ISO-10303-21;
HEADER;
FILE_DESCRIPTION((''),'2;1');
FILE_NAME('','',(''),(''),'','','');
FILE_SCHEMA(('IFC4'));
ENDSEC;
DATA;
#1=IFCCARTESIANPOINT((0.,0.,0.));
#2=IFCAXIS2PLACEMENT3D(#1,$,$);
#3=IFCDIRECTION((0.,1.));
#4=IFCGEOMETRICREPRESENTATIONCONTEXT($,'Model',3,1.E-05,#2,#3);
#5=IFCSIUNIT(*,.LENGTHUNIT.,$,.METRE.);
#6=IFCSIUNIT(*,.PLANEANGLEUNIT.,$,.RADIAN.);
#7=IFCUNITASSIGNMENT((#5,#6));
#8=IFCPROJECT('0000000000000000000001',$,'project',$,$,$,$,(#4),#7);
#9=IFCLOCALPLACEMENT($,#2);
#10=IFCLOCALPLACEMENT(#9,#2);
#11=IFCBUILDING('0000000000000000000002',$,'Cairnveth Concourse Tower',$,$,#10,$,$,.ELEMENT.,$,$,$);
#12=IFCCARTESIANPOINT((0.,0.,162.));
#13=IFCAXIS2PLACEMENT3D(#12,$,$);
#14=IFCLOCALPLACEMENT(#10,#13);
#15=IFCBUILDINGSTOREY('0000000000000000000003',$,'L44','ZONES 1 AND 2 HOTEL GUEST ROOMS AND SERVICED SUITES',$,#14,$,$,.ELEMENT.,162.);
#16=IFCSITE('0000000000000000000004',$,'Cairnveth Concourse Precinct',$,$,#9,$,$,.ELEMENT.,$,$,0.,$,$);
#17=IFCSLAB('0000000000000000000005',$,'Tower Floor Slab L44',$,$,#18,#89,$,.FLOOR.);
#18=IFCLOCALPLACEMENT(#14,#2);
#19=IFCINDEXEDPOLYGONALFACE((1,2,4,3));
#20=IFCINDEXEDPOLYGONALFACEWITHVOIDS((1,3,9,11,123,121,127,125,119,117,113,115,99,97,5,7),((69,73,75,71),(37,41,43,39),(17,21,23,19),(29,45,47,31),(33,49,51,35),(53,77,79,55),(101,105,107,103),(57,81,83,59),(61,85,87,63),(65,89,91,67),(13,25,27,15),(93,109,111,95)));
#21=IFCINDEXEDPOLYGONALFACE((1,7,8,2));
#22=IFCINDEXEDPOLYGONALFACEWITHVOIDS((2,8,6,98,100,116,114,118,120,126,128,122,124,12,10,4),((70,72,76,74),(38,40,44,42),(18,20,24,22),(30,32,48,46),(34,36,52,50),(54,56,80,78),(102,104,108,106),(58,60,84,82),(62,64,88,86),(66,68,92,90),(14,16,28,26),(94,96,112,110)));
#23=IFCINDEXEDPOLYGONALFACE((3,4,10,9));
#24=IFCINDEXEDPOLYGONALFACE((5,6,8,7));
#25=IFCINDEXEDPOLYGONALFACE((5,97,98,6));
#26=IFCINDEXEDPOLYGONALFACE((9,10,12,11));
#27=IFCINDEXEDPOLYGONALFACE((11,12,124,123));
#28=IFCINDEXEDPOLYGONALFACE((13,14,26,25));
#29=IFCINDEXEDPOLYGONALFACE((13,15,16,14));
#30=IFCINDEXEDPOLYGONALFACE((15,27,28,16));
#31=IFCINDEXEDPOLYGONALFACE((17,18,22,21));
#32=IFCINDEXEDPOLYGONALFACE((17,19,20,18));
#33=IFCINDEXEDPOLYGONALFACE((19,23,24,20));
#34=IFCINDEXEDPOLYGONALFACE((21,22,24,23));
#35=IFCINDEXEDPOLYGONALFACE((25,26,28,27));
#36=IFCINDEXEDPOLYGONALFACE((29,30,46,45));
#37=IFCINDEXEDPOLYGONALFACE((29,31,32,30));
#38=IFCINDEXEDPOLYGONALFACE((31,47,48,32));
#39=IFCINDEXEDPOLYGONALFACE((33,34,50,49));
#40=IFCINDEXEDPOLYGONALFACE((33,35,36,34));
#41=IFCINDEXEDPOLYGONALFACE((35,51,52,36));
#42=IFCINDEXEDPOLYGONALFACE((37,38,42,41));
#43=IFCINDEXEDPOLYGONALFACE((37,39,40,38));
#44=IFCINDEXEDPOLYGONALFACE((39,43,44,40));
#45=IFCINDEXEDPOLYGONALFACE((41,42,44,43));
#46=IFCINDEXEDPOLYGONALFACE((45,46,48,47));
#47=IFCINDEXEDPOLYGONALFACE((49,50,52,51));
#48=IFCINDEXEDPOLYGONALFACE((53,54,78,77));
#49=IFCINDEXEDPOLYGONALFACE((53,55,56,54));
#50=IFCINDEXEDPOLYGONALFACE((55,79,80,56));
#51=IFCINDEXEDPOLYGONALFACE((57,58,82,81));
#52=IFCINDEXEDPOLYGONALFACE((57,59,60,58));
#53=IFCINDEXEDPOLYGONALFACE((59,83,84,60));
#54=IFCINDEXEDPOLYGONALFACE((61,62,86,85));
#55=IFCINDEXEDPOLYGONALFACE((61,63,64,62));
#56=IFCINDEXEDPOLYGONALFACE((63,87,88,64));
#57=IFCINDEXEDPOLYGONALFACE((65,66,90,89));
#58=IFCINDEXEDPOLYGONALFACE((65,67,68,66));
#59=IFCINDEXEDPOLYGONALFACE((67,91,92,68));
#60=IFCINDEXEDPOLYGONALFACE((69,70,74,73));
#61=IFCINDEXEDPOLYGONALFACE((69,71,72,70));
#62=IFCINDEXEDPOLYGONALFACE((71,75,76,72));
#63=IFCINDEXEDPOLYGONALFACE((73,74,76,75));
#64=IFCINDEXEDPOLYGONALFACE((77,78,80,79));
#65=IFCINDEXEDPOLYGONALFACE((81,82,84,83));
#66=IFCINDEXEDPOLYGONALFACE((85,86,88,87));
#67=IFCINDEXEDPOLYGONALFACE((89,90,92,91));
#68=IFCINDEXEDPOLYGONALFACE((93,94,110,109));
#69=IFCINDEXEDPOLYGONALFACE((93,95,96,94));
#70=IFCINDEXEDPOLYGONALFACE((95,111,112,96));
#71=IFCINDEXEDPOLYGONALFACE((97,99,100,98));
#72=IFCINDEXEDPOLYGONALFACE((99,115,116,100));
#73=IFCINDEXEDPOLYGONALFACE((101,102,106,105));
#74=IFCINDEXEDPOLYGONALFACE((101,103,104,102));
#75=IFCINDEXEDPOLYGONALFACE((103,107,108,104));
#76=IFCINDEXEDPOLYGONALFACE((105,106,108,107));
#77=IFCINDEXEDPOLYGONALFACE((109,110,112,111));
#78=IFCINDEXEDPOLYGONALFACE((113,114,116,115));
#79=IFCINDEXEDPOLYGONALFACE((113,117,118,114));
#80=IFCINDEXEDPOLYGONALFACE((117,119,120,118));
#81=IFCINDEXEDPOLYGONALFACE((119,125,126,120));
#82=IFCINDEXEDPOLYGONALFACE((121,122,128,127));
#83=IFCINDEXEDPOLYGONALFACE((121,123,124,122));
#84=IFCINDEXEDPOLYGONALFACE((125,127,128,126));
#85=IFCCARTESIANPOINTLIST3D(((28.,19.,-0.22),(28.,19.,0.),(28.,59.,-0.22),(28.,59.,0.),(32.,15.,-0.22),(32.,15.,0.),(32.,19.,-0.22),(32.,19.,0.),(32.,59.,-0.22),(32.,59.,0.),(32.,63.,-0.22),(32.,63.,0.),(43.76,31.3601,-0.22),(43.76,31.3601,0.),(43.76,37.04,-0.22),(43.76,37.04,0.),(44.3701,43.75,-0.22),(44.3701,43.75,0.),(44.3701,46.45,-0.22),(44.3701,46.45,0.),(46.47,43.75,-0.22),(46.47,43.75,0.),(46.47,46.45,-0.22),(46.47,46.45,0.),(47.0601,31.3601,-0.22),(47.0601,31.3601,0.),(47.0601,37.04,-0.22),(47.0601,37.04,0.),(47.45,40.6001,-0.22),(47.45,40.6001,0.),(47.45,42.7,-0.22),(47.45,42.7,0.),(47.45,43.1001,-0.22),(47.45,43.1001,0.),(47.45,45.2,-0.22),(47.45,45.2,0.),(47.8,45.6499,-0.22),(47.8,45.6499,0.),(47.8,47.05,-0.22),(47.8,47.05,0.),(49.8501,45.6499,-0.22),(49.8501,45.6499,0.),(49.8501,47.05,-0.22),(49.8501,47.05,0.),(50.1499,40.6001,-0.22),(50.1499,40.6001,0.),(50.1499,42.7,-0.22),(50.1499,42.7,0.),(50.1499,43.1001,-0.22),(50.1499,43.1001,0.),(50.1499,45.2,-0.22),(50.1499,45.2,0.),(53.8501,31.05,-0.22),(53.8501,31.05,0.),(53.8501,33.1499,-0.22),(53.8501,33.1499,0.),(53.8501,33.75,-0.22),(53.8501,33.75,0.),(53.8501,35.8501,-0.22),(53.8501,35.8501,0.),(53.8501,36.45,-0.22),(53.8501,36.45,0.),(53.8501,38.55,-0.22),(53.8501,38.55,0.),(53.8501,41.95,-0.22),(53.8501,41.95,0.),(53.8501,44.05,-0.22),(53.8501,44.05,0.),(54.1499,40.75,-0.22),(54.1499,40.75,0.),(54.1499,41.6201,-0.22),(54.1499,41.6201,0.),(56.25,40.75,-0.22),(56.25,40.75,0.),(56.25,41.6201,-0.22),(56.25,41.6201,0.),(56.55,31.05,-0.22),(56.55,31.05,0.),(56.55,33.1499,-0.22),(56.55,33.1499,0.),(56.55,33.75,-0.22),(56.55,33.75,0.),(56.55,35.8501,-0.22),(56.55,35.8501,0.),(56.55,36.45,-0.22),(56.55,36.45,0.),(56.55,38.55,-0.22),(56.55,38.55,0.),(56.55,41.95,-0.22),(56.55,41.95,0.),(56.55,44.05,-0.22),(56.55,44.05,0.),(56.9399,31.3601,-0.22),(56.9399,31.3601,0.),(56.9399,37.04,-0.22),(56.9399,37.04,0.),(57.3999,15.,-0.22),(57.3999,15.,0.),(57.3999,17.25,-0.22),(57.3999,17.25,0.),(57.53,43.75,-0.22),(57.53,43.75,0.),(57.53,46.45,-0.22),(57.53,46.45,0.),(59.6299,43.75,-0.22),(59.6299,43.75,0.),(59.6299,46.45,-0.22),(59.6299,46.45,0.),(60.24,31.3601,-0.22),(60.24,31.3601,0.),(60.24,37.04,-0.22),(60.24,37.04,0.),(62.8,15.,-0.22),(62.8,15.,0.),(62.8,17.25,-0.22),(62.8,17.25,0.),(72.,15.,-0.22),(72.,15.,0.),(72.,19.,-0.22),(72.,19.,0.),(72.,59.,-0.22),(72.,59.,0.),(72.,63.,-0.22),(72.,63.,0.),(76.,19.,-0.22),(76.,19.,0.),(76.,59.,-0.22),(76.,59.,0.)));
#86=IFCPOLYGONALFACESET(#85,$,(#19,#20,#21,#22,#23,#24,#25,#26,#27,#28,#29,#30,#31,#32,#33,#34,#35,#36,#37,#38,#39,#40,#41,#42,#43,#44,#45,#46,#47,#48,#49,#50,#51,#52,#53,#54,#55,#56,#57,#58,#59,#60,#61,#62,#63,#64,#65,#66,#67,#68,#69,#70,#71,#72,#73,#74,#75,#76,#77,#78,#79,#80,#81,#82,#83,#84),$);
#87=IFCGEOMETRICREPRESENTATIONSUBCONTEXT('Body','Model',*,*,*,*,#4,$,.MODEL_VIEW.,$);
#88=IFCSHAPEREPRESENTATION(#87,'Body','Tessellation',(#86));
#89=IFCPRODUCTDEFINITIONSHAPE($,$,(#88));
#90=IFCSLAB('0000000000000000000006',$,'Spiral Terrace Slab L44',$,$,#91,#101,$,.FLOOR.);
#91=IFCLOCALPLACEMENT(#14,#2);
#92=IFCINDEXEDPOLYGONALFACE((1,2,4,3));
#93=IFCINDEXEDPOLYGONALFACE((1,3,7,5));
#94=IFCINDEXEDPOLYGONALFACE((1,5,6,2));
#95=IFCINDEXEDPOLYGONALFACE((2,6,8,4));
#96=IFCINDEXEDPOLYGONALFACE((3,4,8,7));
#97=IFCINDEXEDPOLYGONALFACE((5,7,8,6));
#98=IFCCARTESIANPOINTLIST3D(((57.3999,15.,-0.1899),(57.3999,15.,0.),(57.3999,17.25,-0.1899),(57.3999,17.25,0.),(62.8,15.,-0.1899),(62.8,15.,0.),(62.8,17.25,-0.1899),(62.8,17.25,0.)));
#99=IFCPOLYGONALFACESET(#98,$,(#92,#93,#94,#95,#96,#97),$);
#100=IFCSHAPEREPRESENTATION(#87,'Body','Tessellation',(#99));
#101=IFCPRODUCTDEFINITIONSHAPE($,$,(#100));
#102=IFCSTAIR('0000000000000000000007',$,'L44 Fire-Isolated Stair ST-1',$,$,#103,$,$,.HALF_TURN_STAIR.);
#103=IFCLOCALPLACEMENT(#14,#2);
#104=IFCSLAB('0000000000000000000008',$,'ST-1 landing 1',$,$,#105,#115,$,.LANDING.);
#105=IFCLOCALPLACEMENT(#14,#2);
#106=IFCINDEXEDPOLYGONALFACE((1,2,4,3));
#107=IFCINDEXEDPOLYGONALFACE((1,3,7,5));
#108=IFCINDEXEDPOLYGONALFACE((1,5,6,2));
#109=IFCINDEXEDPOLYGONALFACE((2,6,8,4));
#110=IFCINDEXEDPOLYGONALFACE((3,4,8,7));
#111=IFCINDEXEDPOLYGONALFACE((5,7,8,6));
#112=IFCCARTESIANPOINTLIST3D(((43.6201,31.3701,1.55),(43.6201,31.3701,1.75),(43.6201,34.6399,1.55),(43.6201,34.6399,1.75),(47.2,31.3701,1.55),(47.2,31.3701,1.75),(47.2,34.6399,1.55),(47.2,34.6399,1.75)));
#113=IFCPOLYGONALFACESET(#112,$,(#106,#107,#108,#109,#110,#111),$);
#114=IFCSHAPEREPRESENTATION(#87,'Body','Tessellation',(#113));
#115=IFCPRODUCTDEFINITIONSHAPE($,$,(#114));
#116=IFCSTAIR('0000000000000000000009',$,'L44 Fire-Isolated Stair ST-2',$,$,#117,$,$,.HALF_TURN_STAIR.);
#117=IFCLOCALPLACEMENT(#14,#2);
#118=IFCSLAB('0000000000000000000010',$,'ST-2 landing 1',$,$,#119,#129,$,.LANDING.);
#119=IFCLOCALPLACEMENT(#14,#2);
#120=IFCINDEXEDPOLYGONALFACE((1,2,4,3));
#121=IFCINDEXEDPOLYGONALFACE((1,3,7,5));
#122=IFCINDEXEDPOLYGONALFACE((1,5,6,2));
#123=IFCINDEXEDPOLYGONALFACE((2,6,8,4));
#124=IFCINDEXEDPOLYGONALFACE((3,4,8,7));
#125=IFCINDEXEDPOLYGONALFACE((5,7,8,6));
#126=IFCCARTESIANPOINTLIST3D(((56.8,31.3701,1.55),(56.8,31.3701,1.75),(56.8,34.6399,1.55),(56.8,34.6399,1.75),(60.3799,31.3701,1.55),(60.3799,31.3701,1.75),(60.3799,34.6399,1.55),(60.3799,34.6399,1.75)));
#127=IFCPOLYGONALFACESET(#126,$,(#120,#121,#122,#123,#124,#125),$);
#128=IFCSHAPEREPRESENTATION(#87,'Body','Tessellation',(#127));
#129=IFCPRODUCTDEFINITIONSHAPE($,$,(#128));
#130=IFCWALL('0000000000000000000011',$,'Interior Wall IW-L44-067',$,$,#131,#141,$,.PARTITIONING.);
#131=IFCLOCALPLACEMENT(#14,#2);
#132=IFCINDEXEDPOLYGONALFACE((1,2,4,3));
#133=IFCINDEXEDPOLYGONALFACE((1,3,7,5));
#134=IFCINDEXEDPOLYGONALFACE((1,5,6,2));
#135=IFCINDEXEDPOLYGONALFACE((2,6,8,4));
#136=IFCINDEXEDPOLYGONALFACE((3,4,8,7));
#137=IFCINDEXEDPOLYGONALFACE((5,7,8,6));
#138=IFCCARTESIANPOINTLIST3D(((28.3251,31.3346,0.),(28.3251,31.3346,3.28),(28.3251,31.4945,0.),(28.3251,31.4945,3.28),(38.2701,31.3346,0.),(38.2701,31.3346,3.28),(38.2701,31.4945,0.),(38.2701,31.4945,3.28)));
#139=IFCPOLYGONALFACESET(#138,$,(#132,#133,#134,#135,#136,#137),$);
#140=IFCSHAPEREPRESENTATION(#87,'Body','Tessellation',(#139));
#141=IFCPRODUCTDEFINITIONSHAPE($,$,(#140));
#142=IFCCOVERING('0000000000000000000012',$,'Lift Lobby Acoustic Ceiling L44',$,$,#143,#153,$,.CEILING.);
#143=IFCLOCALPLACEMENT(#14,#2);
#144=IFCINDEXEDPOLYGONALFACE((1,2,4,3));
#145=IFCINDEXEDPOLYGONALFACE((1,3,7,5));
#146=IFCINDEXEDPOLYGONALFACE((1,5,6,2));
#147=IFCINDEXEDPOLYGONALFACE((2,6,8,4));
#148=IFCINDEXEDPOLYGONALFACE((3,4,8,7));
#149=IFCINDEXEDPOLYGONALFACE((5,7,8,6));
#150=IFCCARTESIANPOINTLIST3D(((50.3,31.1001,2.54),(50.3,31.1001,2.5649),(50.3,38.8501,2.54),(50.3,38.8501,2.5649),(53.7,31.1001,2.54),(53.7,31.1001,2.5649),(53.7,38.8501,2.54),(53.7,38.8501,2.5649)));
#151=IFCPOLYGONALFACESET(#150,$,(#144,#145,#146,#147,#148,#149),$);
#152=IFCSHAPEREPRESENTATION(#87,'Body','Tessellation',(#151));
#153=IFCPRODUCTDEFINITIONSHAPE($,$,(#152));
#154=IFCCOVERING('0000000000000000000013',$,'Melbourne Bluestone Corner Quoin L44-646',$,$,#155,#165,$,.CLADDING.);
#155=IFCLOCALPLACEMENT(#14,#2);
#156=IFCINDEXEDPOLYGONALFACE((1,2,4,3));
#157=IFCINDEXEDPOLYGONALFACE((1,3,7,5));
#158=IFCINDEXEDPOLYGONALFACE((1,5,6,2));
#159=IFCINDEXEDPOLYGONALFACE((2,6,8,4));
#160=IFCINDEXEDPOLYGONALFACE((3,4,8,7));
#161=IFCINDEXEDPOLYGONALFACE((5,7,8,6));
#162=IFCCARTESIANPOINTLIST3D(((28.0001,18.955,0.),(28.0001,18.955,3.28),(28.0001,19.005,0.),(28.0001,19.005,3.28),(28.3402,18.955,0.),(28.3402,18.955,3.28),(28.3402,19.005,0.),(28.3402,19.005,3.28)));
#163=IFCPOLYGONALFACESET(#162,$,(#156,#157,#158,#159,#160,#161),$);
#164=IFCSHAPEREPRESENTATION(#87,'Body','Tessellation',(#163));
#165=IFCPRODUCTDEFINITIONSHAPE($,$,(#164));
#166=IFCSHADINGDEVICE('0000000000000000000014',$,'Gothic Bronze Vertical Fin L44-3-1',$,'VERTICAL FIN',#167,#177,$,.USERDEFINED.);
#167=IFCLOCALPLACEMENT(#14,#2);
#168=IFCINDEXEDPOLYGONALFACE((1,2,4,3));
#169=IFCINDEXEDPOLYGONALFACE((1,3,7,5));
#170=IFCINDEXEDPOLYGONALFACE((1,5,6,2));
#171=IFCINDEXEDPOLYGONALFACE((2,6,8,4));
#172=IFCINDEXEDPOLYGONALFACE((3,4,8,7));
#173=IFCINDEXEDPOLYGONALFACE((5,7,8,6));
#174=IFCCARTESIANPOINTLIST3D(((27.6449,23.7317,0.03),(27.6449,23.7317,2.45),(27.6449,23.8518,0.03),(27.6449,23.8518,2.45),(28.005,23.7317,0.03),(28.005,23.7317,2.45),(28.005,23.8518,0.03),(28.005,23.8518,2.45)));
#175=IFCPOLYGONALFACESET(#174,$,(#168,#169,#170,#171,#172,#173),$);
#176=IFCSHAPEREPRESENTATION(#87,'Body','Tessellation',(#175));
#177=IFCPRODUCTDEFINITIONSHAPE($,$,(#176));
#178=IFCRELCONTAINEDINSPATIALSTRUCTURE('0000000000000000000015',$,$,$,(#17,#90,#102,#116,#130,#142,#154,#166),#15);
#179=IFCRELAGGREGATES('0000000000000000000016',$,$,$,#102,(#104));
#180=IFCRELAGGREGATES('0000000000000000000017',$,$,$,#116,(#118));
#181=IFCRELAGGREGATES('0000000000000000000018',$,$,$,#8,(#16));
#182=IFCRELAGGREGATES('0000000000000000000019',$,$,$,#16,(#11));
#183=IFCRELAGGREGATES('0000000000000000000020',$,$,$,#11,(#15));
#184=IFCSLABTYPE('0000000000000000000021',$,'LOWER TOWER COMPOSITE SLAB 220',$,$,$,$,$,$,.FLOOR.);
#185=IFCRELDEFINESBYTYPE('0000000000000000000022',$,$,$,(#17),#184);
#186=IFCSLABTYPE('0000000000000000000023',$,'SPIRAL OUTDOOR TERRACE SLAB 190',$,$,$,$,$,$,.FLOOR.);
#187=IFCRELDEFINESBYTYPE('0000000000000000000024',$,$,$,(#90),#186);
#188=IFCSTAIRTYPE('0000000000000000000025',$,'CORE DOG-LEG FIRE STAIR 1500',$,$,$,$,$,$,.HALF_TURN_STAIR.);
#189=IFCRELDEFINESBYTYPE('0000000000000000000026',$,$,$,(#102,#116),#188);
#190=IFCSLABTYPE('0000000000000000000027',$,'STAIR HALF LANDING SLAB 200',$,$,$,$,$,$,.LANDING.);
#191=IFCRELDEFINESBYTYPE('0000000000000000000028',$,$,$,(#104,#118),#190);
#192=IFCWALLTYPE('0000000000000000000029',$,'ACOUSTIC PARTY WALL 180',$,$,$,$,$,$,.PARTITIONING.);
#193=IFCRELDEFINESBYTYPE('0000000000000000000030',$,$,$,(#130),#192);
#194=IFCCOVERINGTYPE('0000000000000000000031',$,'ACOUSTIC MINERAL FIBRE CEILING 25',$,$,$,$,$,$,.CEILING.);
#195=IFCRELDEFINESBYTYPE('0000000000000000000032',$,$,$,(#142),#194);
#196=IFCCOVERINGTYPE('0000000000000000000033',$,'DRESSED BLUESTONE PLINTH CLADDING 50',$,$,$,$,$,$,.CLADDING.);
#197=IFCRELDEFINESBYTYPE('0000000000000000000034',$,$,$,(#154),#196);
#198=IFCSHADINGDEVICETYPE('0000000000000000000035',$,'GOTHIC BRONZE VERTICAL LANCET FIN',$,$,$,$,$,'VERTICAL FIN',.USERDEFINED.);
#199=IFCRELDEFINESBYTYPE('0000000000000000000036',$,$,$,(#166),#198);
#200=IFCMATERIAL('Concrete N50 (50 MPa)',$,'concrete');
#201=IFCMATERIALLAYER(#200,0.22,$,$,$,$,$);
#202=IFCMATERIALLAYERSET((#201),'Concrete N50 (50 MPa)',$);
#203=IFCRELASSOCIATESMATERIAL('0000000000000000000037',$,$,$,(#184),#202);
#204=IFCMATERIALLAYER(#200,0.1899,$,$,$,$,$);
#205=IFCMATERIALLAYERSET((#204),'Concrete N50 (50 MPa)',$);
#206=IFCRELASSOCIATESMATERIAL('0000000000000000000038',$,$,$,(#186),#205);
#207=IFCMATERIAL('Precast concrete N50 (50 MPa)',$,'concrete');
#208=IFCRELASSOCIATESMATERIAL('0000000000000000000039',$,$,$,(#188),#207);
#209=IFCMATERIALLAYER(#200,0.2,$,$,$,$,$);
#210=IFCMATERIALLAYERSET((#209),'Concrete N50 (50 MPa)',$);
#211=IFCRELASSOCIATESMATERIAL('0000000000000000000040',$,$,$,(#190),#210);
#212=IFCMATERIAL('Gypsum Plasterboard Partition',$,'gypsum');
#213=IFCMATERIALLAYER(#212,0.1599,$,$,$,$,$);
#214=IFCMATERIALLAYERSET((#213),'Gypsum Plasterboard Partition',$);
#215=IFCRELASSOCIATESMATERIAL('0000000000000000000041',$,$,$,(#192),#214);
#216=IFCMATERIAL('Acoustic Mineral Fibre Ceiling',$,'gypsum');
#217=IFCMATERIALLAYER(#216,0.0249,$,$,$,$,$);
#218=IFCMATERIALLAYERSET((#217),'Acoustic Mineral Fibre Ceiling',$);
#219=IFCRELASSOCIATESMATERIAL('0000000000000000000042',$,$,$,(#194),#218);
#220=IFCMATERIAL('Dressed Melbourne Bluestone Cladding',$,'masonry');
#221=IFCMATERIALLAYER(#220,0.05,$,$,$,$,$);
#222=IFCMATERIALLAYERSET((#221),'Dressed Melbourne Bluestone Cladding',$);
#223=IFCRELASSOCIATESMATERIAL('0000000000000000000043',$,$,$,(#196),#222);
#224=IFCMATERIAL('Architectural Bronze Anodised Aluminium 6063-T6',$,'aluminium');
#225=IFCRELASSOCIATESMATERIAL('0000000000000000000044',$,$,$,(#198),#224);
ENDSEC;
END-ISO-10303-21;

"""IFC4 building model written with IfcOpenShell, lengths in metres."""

from ifc_helpers import new_model, si_unit, direction, frame, frame_2d, origin, origin_2d, place, context, subcontext, project, spatial, polyline, rectangle, outline, extrude, material, layer, layer_set, type_object, element, aggregate, save


model = new_model("IFC4")

# Units and contexts
model_context = context("Model", 3, precision=1e-05, world=origin(), true_north=direction((0.0, 1.0)))
body_context = subcontext(model_context, "Body", "Model", "MODEL_VIEW")
ifc_project = project(units=[si_unit("LENGTHUNIT", "METRE"), si_unit("PLANEANGLEUNIT", "RADIAN")], contexts=[model_context])

# Site, building, storey
site_placement = place(None, origin())
site = spatial("IfcSite", under=ifc_project, at=site_placement, Name="Cairnveth Concourse Precinct", CompositionType="ELEMENT", RefElevation=0.0)
building_placement = place(site_placement, origin())
building = spatial("IfcBuilding", under=site, at=building_placement, Name="Cairnveth Concourse Tower", CompositionType="ELEMENT")
storey_placement = place(building_placement, frame((0.0, 0.0, 162.0)))
storey = spatial("IfcBuildingStorey", under=building, at=storey_placement, Name="L44", Description="ZONES 1 AND 2 HOTEL GUEST ROOMS AND SERVICED SUITES", CompositionType="ELEMENT", Elevation=162.0)

# Slabs
ifc_material_1 = material(Name="Concrete N50 (50 MPa)", Category="concrete")
ifc_layer_1 = layer(ifc_material_1, 0.22)
ifc_layer_set_1 = layer_set([ifc_layer_1], Name="Concrete N50 (50 MPa)")
slab_type_1 = type_object("IfcSlabType", Name="LOWER TOWER COMPOSITE SLAB 220", PredefinedType="FLOOR", material=ifc_layer_set_1)
slab_1_placement = place(storey_placement, frame((0.0, 0.0, -0.22)))
element("IfcSlab", 1, at=slab_1_placement, inside=storey, type_object=slab_type_1, Name="Tower Floor Slab L44", PredefinedType="FLOOR", context=body_context, shape_type="SweptSolid", body=[
    extrude(outline(polyline([(57.3999, 15.0), (57.3999, 17.25), (62.8, 17.25), (62.8, 15.0), (72.0, 15.0), (72.0, 19.0), (76.0, 19.0), (76.0, 59.0), (72.0, 59.0), (72.0, 63.0), (32.0, 63.0), (32.0, 59.0), (28.0, 59.0), (28.0, 19.0), (32.0, 19.0), (32.0, 15.0), (57.3999, 15.0)]), holes=[polyline([(43.76, 31.3601), (47.0601, 31.3601), (47.0601, 37.04), (43.76, 37.04), (43.76, 31.3601)]), polyline([(56.9399, 31.3601), (60.24, 31.3601), (60.24, 37.04), (56.9399, 37.04), (56.9399, 31.3601)]), polyline([(44.3701, 43.75), (46.47, 43.75), (46.47, 46.45), (44.3701, 46.45), (44.3701, 43.75)]), polyline([(57.53, 43.75), (59.6299, 43.75), (59.6299, 46.45), (57.53, 46.45), (57.53, 43.75)]), polyline([(53.8501, 31.05), (56.55, 31.05), (56.55, 33.1499), (53.8501, 33.1499), (53.8501, 31.05)]), polyline([(53.8501, 33.75), (56.55, 33.75), (56.55, 35.8501), (53.8501, 35.8501), (53.8501, 33.75)]), polyline([(53.8501, 36.45), (56.55, 36.45), (56.55, 38.55), (53.8501, 38.55), (53.8501, 36.45)]), polyline([(47.45, 40.6001), (50.1499, 40.6001), (50.1499, 42.7), (47.45, 42.7), (47.45, 40.6001)]), polyline([(47.45, 43.1001), (50.1499, 43.1001), (50.1499, 45.2), (47.45, 45.2), (47.45, 43.1001)]), polyline([(53.8501, 41.95), (56.55, 41.95), (56.55, 44.05), (53.8501, 44.05), (53.8501, 41.95)]), polyline([(47.8, 45.6499), (49.8501, 45.6499), (49.8501, 47.05), (47.8, 47.05), (47.8, 45.6499)]), polyline([(54.1499, 40.75), (56.25, 40.75), (56.25, 41.6201), (54.1499, 41.6201), (54.1499, 40.75)])]), origin(), (0.0, 0.0, 1.0), 0.22),
])
ifc_layer_2 = layer(ifc_material_1, 0.1899)
ifc_layer_set_2 = layer_set([ifc_layer_2], Name="Concrete N50 (50 MPa)")
slab_type_2 = type_object("IfcSlabType", Name="SPIRAL OUTDOOR TERRACE SLAB 190", PredefinedType="FLOOR", material=ifc_layer_set_2)
slab_2_placement = place(storey_placement, frame((0.0, 0.0, -0.1899)))
element("IfcSlab", 2, at=slab_2_placement, inside=storey, type_object=slab_type_2, Name="Spiral Terrace Slab L44", PredefinedType="FLOOR", context=body_context, shape_type="SweptSolid", body=[
    extrude(outline(polyline([(57.3999, 15.0), (62.8, 15.0), (62.8, 17.25), (57.3999, 17.25), (57.3999, 15.0)])), origin(), (0.0, 0.0, 1.0), 0.1899),
])

# Stairs, slabs
ifc_material_2 = material(Name="Precast concrete N50 (50 MPa)", Category="concrete")
stair_type = type_object("IfcStairType", Name="CORE DOG-LEG FIRE STAIR 1500", PredefinedType="HALF_TURN_STAIR", material=ifc_material_2)
stair_1_placement = place(storey_placement, origin())
stair_1 = element("IfcStair", 3, at=stair_1_placement, inside=storey, type_object=stair_type, Name="L44 Fire-Isolated Stair ST-1", PredefinedType="HALF_TURN_STAIR")
ifc_layer_3 = layer(ifc_material_1, 0.2)
ifc_layer_set_3 = layer_set([ifc_layer_3], Name="Concrete N50 (50 MPa)")
slab_type_3 = type_object("IfcSlabType", Name="STAIR HALF LANDING SLAB 200", PredefinedType="LANDING", material=ifc_layer_set_3)
slab_3_placement = place(storey_placement, frame((0.0, 0.0, 1.55)))
slab_3 = element("IfcSlab", 4, at=slab_3_placement, type_object=slab_type_3, Name="ST-1 landing 1", PredefinedType="LANDING", context=body_context, shape_type="SweptSolid", body=[
    extrude(outline(polyline([(43.6201, 34.6399), (43.6201, 31.3701), (47.2, 31.3701), (47.2, 34.6399), (43.6201, 34.6399)])), origin(), (0.0, 0.0, 1.0), 0.2),
])
aggregate(stair_1, [slab_3])
stair_2_placement = place(storey_placement, origin())
stair_2 = element("IfcStair", 5, at=stair_2_placement, inside=storey, type_object=stair_type, Name="L44 Fire-Isolated Stair ST-2", PredefinedType="HALF_TURN_STAIR")
slab_4_placement = place(storey_placement, frame((0.0, 0.0, 1.55)))
slab_4 = element("IfcSlab", 6, at=slab_4_placement, type_object=slab_type_3, Name="ST-2 landing 1", PredefinedType="LANDING", context=body_context, shape_type="SweptSolid", body=[
    extrude(outline(polyline([(56.8, 34.6399), (56.8, 31.3701), (60.3799, 31.3701), (60.3799, 34.6399), (56.8, 34.6399)])), origin(), (0.0, 0.0, 1.0), 0.2),
])
aggregate(stair_2, [slab_4])

# Wall
ifc_material_3 = material(Name="Gypsum Plasterboard Partition", Category="gypsum")
ifc_layer_4 = layer(ifc_material_3, 0.1599)
ifc_layer_set_4 = layer_set([ifc_layer_4], Name="Gypsum Plasterboard Partition")
wall_type_1 = type_object("IfcWallType", Name="ACOUSTIC PARTY WALL 180", PredefinedType="PARTITIONING", material=ifc_layer_set_4)
wall_1_placement = place(storey_placement, frame((28.325, 31.4146, 0.0), z_axis=(0.0, 0.0, 1.0), x_axis=(1.0, 0.0, 0.0)))
element("IfcWall", 7, at=wall_1_placement, inside=storey, type_object=wall_type_1, Name="Interior Wall IW-L44-067", PredefinedType="PARTITIONING", context=body_context, shape_type="SweptSolid", body=[
    extrude(rectangle(XDim=9.9451, YDim=0.1599, at=frame_2d((4.9727, 0.0))), origin(), (0.0, 0.0, 1.0), 3.28),
])

# Coverings
ifc_material_4 = material(Name="Acoustic Mineral Fibre Ceiling", Category="gypsum")
ifc_layer_5 = layer(ifc_material_4, 0.0249)
ifc_layer_set_5 = layer_set([ifc_layer_5], Name="Acoustic Mineral Fibre Ceiling")
covering_type_1 = type_object("IfcCoveringType", Name="ACOUSTIC MINERAL FIBRE CEILING 25", PredefinedType="CEILING", material=ifc_layer_set_5)
covering_1_placement = place(storey_placement, frame((0.0, 0.0, 2.54)))
element("IfcCovering", 8, at=covering_1_placement, inside=storey, type_object=covering_type_1, Name="Lift Lobby Acoustic Ceiling L44", PredefinedType="CEILING", context=body_context, shape_type="SweptSolid", body=[
    extrude(outline(polyline([(50.3, 31.1001), (53.7, 31.1001), (53.7, 38.8501), (50.3, 38.8501), (50.3, 31.1001)])), origin(), (0.0, 0.0, 1.0), 0.0249),
])
ifc_material_5 = material(Name="Dressed Melbourne Bluestone Cladding", Category="masonry")
ifc_layer_6 = layer(ifc_material_5, 0.05)
ifc_layer_set_6 = layer_set([ifc_layer_6], Name="Dressed Melbourne Bluestone Cladding")
covering_type_2 = type_object("IfcCoveringType", Name="DRESSED BLUESTONE PLINTH CLADDING 50", PredefinedType="CLADDING", material=ifc_layer_set_6)
covering_2_placement = place(storey_placement, frame((28.3401, 18.98, 0.0), z_axis=(0.0, 0.0, 1.0), x_axis=(-1.0, 0.0, 0.0)))
element("IfcCovering", 9, at=covering_2_placement, inside=storey, type_object=covering_type_2, Name="Melbourne Bluestone Corner Quoin L44-646", PredefinedType="CLADDING", context=body_context, shape_type="SweptSolid", body=[
    extrude(rectangle(XDim=0.3401, YDim=0.05, at=frame_2d((0.1699, 0.0))), origin(), (0.0, 0.0, 1.0), 3.28),
])

# Shading device
ifc_material_6 = material(Name="Architectural Bronze Anodised Aluminium 6063-T6", Category="aluminium")
shading_device_type = type_object("IfcShadingDeviceType", Name="GOTHIC BRONZE VERTICAL LANCET FIN", ElementType="VERTICAL FIN", PredefinedType="USERDEFINED", material=ifc_material_6)
for number, where, z_axis, x_axis, name in (
    (10, (27.825, 23.7917, 0.03), (0.0, 0.0, 1.0), (0.0, 1.0, 0.0), "Gothic Bronze Vertical Fin L44-3-1"),
):
    element("IfcShadingDevice", number, at=place(storey_placement, frame(where, z_axis=z_axis, x_axis=x_axis)), inside=storey, type_object=shading_device_type, Name=name, ObjectType="VERTICAL FIN", PredefinedType="USERDEFINED", context=body_context, shape_type="SweptSolid", body=[
        extrude(rectangle(XDim=0.1201, YDim=0.3601, at=origin_2d()), origin(), (0.0, 0.0, 1.0), 2.4199),
    ])

save(model, "model.ifc")
